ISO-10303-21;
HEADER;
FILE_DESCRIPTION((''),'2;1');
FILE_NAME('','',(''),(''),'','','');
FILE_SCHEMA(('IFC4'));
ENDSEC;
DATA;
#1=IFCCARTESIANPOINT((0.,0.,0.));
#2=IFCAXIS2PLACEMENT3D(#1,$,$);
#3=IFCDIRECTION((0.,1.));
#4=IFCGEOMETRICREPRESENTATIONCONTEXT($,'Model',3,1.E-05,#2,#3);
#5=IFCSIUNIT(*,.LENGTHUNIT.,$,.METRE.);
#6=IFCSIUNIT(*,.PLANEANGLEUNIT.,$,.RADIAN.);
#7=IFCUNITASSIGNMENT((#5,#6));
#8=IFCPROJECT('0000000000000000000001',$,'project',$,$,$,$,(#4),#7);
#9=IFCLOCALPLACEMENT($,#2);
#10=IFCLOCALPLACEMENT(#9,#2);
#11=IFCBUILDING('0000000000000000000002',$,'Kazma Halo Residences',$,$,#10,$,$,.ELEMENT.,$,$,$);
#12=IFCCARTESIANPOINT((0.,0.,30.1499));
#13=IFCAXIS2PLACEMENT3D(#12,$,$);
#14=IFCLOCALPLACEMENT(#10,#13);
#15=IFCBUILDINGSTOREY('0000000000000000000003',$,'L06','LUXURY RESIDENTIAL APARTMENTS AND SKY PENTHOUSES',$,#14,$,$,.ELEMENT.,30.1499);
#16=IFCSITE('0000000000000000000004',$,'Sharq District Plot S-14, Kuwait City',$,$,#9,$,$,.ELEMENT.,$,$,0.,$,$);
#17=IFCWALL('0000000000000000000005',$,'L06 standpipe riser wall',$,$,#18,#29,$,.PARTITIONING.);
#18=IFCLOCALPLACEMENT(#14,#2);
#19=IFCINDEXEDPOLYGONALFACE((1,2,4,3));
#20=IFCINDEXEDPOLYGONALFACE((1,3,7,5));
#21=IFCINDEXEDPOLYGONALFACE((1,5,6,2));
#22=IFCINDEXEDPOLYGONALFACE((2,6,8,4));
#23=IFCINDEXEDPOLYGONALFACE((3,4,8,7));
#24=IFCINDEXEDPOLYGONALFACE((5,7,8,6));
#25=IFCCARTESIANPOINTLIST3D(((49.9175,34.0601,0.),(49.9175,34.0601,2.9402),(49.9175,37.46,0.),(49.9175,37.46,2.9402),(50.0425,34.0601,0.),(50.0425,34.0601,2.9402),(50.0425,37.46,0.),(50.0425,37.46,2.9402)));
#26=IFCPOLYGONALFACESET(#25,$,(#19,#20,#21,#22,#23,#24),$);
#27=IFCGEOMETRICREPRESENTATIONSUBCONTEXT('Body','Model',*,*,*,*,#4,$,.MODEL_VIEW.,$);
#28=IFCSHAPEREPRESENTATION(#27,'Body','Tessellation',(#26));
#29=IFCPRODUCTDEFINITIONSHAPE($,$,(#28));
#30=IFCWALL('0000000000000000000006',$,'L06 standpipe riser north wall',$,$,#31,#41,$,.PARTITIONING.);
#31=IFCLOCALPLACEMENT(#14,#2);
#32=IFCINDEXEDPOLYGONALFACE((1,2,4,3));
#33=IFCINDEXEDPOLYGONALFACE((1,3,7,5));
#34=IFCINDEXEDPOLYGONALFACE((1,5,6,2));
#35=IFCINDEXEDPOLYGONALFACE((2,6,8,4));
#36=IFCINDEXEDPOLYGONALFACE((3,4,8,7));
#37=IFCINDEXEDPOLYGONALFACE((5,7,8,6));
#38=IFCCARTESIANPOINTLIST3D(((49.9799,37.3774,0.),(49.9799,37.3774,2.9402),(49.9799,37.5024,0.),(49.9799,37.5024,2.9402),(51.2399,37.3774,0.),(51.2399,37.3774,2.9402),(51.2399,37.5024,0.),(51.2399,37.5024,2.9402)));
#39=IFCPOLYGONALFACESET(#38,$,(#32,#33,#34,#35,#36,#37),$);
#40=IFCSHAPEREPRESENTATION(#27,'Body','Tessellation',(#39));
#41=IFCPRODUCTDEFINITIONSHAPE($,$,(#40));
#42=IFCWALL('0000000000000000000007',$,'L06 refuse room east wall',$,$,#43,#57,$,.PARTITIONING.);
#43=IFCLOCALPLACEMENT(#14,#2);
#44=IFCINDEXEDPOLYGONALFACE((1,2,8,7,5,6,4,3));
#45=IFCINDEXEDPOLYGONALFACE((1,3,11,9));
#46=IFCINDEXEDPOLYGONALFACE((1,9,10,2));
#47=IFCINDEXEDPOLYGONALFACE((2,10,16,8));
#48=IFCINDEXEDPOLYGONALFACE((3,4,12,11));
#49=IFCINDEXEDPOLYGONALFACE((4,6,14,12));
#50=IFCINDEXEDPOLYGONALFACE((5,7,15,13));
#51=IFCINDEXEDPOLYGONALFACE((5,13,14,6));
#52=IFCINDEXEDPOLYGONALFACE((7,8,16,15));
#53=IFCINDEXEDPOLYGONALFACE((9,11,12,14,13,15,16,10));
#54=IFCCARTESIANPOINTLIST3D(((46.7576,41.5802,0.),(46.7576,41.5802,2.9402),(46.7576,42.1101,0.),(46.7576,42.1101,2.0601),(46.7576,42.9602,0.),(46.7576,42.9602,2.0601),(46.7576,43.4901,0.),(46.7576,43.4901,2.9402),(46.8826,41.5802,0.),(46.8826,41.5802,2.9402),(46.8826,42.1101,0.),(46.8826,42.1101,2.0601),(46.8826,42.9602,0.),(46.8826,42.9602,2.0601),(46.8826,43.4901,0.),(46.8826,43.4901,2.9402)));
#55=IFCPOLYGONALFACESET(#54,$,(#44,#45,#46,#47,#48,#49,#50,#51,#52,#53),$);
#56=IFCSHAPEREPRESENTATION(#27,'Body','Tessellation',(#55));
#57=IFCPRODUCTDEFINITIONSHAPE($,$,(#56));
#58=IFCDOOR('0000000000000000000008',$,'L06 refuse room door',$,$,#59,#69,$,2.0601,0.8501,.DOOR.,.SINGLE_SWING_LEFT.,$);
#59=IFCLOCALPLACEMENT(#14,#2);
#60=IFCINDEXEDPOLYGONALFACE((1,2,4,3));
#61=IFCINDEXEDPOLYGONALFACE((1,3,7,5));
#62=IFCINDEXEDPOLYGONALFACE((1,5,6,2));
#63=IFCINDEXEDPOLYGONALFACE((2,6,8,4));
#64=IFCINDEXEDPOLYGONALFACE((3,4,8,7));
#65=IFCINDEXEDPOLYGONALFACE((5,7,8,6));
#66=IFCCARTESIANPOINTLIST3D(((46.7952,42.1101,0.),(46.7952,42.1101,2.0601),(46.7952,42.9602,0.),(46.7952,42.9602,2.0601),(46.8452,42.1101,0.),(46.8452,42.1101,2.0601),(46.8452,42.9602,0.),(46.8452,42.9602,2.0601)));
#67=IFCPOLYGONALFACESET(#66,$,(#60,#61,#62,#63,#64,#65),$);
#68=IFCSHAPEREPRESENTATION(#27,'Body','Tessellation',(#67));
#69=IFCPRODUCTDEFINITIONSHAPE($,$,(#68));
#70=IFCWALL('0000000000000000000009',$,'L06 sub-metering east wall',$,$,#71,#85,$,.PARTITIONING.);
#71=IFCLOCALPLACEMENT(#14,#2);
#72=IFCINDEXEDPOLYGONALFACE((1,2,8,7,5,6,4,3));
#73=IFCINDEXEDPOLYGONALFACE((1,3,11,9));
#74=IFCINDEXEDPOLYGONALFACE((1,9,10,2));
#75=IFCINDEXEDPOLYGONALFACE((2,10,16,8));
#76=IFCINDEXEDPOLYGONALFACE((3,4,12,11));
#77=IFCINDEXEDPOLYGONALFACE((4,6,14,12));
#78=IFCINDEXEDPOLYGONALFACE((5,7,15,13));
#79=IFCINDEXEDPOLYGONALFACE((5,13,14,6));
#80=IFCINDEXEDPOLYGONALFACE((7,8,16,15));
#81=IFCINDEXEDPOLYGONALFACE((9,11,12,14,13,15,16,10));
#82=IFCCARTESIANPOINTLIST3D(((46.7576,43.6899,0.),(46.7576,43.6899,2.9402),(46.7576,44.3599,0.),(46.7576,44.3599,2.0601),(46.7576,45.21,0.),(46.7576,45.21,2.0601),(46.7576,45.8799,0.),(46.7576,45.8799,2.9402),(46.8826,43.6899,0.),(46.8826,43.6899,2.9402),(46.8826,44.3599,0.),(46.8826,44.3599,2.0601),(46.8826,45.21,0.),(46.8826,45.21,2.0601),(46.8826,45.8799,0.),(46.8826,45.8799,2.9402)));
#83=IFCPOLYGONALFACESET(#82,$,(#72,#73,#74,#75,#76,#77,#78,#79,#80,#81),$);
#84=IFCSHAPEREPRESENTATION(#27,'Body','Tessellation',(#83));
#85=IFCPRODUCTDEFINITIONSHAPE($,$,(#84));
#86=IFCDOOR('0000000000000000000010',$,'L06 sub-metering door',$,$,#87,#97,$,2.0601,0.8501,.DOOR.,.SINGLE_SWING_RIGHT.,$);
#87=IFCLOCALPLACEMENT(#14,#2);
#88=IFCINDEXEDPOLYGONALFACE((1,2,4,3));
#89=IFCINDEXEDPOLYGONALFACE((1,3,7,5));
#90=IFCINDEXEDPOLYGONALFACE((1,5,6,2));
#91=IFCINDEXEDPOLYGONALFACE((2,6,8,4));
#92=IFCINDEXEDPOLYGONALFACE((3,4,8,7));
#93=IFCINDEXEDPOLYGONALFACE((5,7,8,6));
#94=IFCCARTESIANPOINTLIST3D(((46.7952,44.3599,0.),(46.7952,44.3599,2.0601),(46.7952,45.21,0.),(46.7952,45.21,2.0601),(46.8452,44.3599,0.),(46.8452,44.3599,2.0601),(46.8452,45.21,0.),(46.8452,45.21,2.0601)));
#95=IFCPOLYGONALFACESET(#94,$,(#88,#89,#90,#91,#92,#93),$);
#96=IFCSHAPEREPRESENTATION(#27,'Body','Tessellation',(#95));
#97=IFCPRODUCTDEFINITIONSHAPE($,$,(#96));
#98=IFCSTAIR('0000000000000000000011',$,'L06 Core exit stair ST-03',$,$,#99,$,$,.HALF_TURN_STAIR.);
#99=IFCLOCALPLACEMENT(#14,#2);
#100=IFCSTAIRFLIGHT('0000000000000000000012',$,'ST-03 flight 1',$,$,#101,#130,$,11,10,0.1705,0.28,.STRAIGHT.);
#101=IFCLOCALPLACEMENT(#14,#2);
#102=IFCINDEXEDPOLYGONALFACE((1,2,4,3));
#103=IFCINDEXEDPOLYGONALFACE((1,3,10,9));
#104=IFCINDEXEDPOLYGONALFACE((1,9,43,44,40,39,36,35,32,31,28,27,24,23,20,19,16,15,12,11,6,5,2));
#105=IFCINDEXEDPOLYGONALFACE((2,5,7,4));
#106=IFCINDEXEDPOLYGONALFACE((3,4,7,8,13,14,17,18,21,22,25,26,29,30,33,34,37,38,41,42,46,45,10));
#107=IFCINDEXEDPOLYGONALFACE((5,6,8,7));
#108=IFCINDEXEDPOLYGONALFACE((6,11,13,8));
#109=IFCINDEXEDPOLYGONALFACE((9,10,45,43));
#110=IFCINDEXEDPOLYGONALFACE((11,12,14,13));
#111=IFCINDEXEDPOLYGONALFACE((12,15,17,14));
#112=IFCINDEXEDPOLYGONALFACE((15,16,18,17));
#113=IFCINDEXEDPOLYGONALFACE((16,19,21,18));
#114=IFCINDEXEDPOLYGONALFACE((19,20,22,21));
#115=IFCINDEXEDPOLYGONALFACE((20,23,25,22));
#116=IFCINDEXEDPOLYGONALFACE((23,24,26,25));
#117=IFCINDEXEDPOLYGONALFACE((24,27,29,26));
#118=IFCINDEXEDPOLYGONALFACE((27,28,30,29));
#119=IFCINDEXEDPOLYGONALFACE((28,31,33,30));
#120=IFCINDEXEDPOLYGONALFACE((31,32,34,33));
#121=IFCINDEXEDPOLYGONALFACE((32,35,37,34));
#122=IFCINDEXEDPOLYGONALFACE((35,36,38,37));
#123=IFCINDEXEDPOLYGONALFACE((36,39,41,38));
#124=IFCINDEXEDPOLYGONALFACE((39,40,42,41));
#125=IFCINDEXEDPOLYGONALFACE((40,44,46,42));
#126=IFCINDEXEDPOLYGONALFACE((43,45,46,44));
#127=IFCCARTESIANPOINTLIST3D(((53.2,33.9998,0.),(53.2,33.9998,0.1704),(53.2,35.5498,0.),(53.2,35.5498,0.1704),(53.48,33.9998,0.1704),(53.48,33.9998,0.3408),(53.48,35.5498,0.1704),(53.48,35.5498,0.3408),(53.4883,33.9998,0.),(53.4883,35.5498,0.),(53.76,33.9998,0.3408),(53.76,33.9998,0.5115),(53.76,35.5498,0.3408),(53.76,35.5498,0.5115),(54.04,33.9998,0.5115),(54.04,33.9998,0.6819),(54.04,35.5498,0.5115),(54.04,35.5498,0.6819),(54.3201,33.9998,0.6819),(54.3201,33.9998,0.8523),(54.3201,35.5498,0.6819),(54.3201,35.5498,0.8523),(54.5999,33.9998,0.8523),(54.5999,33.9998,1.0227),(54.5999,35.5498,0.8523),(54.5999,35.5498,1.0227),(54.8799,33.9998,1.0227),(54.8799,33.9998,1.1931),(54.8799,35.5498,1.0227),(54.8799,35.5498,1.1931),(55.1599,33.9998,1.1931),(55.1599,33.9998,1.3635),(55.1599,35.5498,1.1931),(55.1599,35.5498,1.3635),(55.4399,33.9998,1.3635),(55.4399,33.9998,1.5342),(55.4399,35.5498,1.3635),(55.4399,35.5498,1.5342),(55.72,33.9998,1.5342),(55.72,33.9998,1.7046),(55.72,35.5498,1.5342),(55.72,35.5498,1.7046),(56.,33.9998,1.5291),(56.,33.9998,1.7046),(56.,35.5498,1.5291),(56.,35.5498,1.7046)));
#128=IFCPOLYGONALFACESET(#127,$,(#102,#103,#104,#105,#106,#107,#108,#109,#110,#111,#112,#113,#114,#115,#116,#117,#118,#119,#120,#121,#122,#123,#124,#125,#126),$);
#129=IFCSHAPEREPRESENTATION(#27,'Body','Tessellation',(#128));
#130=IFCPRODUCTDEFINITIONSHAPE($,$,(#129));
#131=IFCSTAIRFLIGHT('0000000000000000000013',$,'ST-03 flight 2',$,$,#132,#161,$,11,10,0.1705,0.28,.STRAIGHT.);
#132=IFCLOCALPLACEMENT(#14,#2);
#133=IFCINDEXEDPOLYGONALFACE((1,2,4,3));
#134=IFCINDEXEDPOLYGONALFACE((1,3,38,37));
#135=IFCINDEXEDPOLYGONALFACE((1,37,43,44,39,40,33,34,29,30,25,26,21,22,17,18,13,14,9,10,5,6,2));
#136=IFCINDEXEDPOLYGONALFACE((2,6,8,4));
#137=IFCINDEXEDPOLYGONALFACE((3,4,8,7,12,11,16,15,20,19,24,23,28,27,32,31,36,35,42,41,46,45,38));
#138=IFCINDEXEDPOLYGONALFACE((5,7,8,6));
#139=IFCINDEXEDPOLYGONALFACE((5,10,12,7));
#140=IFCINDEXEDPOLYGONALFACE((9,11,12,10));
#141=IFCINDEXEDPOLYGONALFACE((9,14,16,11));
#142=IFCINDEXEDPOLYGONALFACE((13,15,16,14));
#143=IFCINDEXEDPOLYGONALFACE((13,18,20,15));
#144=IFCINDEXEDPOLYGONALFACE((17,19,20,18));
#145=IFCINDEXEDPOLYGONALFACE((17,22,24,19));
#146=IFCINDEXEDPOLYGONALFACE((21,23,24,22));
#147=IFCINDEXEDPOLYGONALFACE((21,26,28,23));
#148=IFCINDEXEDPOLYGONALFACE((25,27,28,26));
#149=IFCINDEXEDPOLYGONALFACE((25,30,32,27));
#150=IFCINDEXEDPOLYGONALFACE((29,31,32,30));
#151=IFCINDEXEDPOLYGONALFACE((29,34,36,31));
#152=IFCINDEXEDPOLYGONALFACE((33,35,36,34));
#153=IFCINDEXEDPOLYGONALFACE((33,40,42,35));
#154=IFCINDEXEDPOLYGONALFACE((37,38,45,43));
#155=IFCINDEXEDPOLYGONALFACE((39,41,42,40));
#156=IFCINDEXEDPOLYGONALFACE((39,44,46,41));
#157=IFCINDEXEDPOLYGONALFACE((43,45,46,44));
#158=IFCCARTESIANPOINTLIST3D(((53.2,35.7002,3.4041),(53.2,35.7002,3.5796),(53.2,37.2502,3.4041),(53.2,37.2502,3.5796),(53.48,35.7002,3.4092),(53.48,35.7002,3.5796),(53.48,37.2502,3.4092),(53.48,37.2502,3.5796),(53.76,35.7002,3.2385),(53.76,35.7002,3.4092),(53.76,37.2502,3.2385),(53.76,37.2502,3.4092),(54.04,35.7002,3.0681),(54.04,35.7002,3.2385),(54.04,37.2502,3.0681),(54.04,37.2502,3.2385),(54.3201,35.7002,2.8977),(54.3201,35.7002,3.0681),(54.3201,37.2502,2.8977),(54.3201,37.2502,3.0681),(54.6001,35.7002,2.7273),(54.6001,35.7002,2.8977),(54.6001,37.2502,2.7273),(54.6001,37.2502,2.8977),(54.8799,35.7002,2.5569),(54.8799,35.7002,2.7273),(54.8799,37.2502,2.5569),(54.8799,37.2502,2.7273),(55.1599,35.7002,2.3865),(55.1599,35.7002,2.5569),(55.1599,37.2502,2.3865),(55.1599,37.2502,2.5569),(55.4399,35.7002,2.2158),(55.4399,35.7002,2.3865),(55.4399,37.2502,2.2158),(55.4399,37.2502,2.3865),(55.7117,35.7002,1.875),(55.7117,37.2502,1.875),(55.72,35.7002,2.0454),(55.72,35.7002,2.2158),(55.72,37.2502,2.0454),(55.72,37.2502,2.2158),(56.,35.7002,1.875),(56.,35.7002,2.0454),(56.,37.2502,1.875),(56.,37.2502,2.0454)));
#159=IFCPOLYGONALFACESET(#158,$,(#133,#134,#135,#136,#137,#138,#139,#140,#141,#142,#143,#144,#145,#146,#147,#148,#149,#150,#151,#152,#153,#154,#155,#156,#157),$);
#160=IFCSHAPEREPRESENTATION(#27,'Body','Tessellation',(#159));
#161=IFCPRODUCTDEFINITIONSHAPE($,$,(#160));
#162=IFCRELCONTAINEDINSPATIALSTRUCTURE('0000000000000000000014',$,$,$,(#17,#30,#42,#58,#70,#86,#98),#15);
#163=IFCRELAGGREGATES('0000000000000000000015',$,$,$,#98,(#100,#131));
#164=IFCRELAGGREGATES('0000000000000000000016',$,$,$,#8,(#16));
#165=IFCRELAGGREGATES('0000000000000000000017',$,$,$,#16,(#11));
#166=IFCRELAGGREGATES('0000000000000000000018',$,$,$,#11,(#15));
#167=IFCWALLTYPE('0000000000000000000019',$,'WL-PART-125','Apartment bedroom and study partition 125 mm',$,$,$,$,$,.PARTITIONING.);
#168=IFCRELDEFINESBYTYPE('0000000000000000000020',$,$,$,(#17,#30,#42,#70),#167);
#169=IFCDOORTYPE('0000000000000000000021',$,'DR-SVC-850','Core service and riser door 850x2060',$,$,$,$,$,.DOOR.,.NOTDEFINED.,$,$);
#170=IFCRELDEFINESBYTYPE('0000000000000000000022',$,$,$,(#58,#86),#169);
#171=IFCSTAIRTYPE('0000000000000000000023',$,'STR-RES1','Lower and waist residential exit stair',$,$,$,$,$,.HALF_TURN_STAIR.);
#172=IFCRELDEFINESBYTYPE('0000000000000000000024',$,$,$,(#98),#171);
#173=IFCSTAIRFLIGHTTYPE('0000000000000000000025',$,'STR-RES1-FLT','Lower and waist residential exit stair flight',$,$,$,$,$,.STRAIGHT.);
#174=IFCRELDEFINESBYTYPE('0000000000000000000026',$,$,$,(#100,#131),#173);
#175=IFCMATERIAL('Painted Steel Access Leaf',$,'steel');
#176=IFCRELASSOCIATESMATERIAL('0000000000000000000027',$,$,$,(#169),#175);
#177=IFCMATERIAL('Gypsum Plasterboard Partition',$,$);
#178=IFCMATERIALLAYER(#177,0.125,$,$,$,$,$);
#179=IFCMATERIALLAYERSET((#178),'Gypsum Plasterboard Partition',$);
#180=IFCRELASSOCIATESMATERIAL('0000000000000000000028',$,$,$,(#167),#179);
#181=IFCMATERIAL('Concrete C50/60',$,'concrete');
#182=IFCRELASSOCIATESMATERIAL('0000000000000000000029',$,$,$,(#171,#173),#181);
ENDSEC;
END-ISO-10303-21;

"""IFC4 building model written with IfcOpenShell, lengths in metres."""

from ifc_helpers import new_model, si_unit, direction, frame, frame_2d, origin, place, context, subcontext, project, spatial, polyline, rectangle, outline, extrude, material, layer, layer_set, type_object, element, fill, aggregate, save


model = new_model("IFC4")

# Units and contexts
model_context = context("Model", 3, precision=1e-05, world=origin(), true_north=direction((0.0, 1.0)))
body_context = subcontext(model_context, "Body", "Model", "MODEL_VIEW")
ifc_project = project(units=[si_unit("LENGTHUNIT", "METRE"), si_unit("PLANEANGLEUNIT", "RADIAN")], contexts=[model_context])

# Site, building, storey
site_placement = place(None, origin())
site = spatial("IfcSite", under=ifc_project, at=site_placement, Name="Sharq District Plot S-14, Kuwait City", CompositionType="ELEMENT", RefElevation=0.0)
building_placement = place(site_placement, origin())
building = spatial("IfcBuilding", under=site, at=building_placement, Name="Kazma Halo Residences", CompositionType="ELEMENT")
storey_placement = place(building_placement, frame((0.0, 0.0, 30.1499)))
storey = spatial("IfcBuildingStorey", under=building, at=storey_placement, Name="L06", Description="LUXURY RESIDENTIAL APARTMENTS AND SKY PENTHOUSES", CompositionType="ELEMENT", Elevation=30.1499)

# Shared definitions
ifc_material_1 = material(Name="Painted Steel Access Leaf", Category="steel")
door_type_1 = type_object("IfcDoorType", Name="DR-SVC-850", Description="Core service and riser door 850x2060", OperationType="NOTDEFINED", PredefinedType="DOOR", material=ifc_material_1)

# Walls
ifc_material_2 = material(Name="Gypsum Plasterboard Partition")
ifc_layer_1 = layer(ifc_material_2, 0.125)
ifc_layer_set_1 = layer_set([ifc_layer_1], Name="Gypsum Plasterboard Partition")
wall_type_1 = type_object("IfcWallType", Name="WL-PART-125", Description="Apartment bedroom and study partition 125 mm", PredefinedType="PARTITIONING", material=ifc_layer_set_1)
wall_1_placement = place(storey_placement, frame((49.98, 34.0601, 0.0), z_axis=(0.0, 0.0, 1.0), x_axis=(0.0, 1.0, 0.0)))
element("IfcWall", 1, at=wall_1_placement, inside=storey, type_object=wall_type_1, Name="L06 standpipe riser wall", PredefinedType="PARTITIONING", context=body_context, shape_type="SweptSolid", body=[
    extrude(rectangle(XDim=3.3999, YDim=0.125, at=frame_2d((1.7, 0.0))), origin(), (0.0, 0.0, 1.0), 2.9402),
])
wall_2_placement = place(storey_placement, frame((49.98, 37.4399, 0.0), z_axis=(0.0, 0.0, 1.0), x_axis=(1.0, 0.0, 0.0)))
element("IfcWall", 2, at=wall_2_placement, inside=storey, type_object=wall_type_1, Name="L06 standpipe riser north wall", PredefinedType="PARTITIONING", context=body_context, shape_type="SweptSolid", body=[
    extrude(rectangle(XDim=1.26, YDim=0.125, at=frame_2d((0.6299, 0.0))), origin(), (0.0, 0.0, 1.0), 2.9402),
])

# Walls, openings, doors
wall_3_placement = place(storey_placement, frame((46.8201, 41.5801, 0.0), z_axis=(0.0, 0.0, 1.0), x_axis=(0.0, 1.0, 0.0)))
wall_3 = element("IfcWall", 3, at=wall_3_placement, inside=storey, type_object=wall_type_1, Name="L06 refuse room east wall", PredefinedType="PARTITIONING", context=body_context, shape_type="SweptSolid", body=[
    extrude(rectangle(XDim=1.9099, YDim=0.125, at=frame_2d((0.9551, 0.0))), origin(), (0.0, 0.0, 1.0), 2.9402),
])
opening_1_placement = place(wall_3_placement, frame((0.53, 0.0, 0.0)))
opening_1 = element("IfcOpeningElement", 4, at=opening_1_placement, cuts=wall_3, PredefinedType="OPENING", context=body_context, shape_type="SweptSolid", body=[
    extrude(rectangle(XDim=0.8501, YDim=2.0601, at=frame_2d((0.425, 1.03))), frame((0.0, 0.0725, 0.0), z_axis=(0.0, -1.0, 0.0), x_axis=(1.0, 0.0, 0.0)), (0.0, 0.0, 1.0), 0.145),
])
door_1_placement = place(opening_1_placement, origin())
door_1 = element("IfcDoor", 5, at=door_1_placement, inside=storey, type_object=door_type_1, Name="L06 refuse room door", OperationType="SINGLE_SWING_LEFT", OverallHeight=2.0601, OverallWidth=0.8501, PredefinedType="DOOR", context=body_context, shape_type="SweptSolid", body=[
    extrude(rectangle(XDim=0.8501, YDim=2.0601, at=frame_2d((0.425, 1.03))), frame((0.0, 0.0249, 0.0), z_axis=(0.0, -1.0, 0.0), x_axis=(1.0, 0.0, 0.0)), (0.0, 0.0, 1.0), 0.05),
])
fill(opening_1, door_1)
wall_4_placement = place(storey_placement, frame((46.8201, 43.6899, 0.0), z_axis=(0.0, 0.0, 1.0), x_axis=(0.0, 1.0, 0.0)))
wall_4 = element("IfcWall", 6, at=wall_4_placement, inside=storey, type_object=wall_type_1, Name="L06 sub-metering east wall", PredefinedType="PARTITIONING", context=body_context, shape_type="SweptSolid", body=[
    extrude(rectangle(XDim=2.1899, YDim=0.125, at=frame_2d((1.095, 0.0))), origin(), (0.0, 0.0, 1.0), 2.9402),
])
opening_2_placement = place(wall_4_placement, frame((0.6699, 0.0, 0.0)))
opening_2 = element("IfcOpeningElement", 7, at=opening_2_placement, cuts=wall_4, PredefinedType="OPENING", context=body_context, shape_type="SweptSolid", body=[
    extrude(rectangle(XDim=0.8501, YDim=2.0601, at=frame_2d((0.425, 1.03))), frame((0.0, 0.0725, 0.0), z_axis=(0.0, -1.0, 0.0), x_axis=(1.0, 0.0, 0.0)), (0.0, 0.0, 1.0), 0.145),
])
door_2_placement = place(opening_2_placement, origin())
door_2 = element("IfcDoor", 8, at=door_2_placement, inside=storey, type_object=door_type_1, Name="L06 sub-metering door", OperationType="SINGLE_SWING_RIGHT", OverallHeight=2.0601, OverallWidth=0.8501, PredefinedType="DOOR", context=body_context, shape_type="SweptSolid", body=[
    extrude(rectangle(XDim=0.8501, YDim=2.0601, at=frame_2d((0.425, 1.03))), frame((0.0, 0.0249, 0.0), z_axis=(0.0, -1.0, 0.0), x_axis=(1.0, 0.0, 0.0)), (0.0, 0.0, 1.0), 0.05),
])
fill(opening_2, door_2)
ifc_material_3 = material(Name="Concrete C50/60", Category="concrete")

# Stair, stair flights
stair_type = type_object("IfcStairType", Name="STR-RES1", Description="Lower and waist residential exit stair", PredefinedType="HALF_TURN_STAIR", material=ifc_material_3)
stair_placement = place(storey_placement, origin())
stair = element("IfcStair", 9, at=stair_placement, inside=storey, type_object=stair_type, Name="L06 Core exit stair ST-03", PredefinedType="HALF_TURN_STAIR")
stair_flight_type = type_object("IfcStairFlightType", Name="STR-RES1-FLT", Description="Lower and waist residential exit stair flight", PredefinedType="STRAIGHT", material=ifc_material_3)
stair_flight_1_placement = place(storey_placement, frame((53.2, 34.7749, 0.0), z_axis=(0.0, 0.0, 1.0), x_axis=(1.0, 0.0, 0.0)))
stair_flight_1 = element("IfcStairFlight", 10, at=stair_flight_1_placement, type_object=stair_flight_type, Name="ST-03 flight 1", NumberOfRisers=11, NumberOfTreads=10, PredefinedType="STRAIGHT", RiserHeight=0.1705, TreadLength=0.28, context=body_context, shape_type="SweptSolid", body=[
    extrude(outline(polyline([(0.0, 0.0), (0.0, 0.1704), (0.28, 0.1704), (0.28, 0.3408), (0.5601, 0.3408), (0.5601, 0.5115), (0.8401, 0.5115), (0.8401, 0.6819), (1.1201, 0.6819), (1.1201, 0.8523), (1.3999, 0.8523), (1.3999, 1.0227), (1.6799, 1.0227), (1.6799, 1.1931), (1.96, 1.1931), (1.96, 1.3635), (2.24, 1.3635), (2.24, 1.5342), (2.52, 1.5342), (2.52, 1.7046), (2.8, 1.7046), (2.8, 1.875), (2.8, 1.5291), (0.2883, 0.0), (0.0, 0.0)])), frame((0.0, 0.7749, 0.0), z_axis=(0.0, -1.0, 0.0), x_axis=(1.0, 0.0, 0.0)), (0.0, 0.0, 1.0), 1.55),
])
stair_flight_2_placement = place(storey_placement, frame((56.0, 36.4751, 1.875), z_axis=(0.0, 0.0, 1.0), x_axis=(-1.0, 0.0, 0.0)))
stair_flight_2 = element("IfcStairFlight", 11, at=stair_flight_2_placement, type_object=stair_flight_type, Name="ST-03 flight 2", NumberOfRisers=11, NumberOfTreads=10, PredefinedType="STRAIGHT", RiserHeight=0.1705, TreadLength=0.28, context=body_context, shape_type="SweptSolid", body=[
    extrude(outline(polyline([(0.0, 0.0), (0.0, 0.1704), (0.28, 0.1704), (0.28, 0.3408), (0.5601, 0.3408), (0.5601, 0.5115), (0.8401, 0.5115), (0.8401, 0.6819), (1.1201, 0.6819), (1.1201, 0.8523), (1.3999, 0.8523), (1.3999, 1.0227), (1.6799, 1.0227), (1.6799, 1.1931), (1.96, 1.1931), (1.96, 1.3635), (2.24, 1.3635), (2.24, 1.5342), (2.52, 1.5342), (2.52, 1.7046), (2.8, 1.7046), (2.8, 1.875), (2.8, 1.5291), (0.2883, 0.0), (0.0, 0.0)])), frame((0.0, 0.7749, 0.0), z_axis=(0.0, -1.0, 0.0), x_axis=(1.0, 0.0, 0.0)), (0.0, 0.0, 1.0), 1.55),
])
aggregate(stair, [stair_flight_1, stair_flight_2])

save(model, "model.ifc")
